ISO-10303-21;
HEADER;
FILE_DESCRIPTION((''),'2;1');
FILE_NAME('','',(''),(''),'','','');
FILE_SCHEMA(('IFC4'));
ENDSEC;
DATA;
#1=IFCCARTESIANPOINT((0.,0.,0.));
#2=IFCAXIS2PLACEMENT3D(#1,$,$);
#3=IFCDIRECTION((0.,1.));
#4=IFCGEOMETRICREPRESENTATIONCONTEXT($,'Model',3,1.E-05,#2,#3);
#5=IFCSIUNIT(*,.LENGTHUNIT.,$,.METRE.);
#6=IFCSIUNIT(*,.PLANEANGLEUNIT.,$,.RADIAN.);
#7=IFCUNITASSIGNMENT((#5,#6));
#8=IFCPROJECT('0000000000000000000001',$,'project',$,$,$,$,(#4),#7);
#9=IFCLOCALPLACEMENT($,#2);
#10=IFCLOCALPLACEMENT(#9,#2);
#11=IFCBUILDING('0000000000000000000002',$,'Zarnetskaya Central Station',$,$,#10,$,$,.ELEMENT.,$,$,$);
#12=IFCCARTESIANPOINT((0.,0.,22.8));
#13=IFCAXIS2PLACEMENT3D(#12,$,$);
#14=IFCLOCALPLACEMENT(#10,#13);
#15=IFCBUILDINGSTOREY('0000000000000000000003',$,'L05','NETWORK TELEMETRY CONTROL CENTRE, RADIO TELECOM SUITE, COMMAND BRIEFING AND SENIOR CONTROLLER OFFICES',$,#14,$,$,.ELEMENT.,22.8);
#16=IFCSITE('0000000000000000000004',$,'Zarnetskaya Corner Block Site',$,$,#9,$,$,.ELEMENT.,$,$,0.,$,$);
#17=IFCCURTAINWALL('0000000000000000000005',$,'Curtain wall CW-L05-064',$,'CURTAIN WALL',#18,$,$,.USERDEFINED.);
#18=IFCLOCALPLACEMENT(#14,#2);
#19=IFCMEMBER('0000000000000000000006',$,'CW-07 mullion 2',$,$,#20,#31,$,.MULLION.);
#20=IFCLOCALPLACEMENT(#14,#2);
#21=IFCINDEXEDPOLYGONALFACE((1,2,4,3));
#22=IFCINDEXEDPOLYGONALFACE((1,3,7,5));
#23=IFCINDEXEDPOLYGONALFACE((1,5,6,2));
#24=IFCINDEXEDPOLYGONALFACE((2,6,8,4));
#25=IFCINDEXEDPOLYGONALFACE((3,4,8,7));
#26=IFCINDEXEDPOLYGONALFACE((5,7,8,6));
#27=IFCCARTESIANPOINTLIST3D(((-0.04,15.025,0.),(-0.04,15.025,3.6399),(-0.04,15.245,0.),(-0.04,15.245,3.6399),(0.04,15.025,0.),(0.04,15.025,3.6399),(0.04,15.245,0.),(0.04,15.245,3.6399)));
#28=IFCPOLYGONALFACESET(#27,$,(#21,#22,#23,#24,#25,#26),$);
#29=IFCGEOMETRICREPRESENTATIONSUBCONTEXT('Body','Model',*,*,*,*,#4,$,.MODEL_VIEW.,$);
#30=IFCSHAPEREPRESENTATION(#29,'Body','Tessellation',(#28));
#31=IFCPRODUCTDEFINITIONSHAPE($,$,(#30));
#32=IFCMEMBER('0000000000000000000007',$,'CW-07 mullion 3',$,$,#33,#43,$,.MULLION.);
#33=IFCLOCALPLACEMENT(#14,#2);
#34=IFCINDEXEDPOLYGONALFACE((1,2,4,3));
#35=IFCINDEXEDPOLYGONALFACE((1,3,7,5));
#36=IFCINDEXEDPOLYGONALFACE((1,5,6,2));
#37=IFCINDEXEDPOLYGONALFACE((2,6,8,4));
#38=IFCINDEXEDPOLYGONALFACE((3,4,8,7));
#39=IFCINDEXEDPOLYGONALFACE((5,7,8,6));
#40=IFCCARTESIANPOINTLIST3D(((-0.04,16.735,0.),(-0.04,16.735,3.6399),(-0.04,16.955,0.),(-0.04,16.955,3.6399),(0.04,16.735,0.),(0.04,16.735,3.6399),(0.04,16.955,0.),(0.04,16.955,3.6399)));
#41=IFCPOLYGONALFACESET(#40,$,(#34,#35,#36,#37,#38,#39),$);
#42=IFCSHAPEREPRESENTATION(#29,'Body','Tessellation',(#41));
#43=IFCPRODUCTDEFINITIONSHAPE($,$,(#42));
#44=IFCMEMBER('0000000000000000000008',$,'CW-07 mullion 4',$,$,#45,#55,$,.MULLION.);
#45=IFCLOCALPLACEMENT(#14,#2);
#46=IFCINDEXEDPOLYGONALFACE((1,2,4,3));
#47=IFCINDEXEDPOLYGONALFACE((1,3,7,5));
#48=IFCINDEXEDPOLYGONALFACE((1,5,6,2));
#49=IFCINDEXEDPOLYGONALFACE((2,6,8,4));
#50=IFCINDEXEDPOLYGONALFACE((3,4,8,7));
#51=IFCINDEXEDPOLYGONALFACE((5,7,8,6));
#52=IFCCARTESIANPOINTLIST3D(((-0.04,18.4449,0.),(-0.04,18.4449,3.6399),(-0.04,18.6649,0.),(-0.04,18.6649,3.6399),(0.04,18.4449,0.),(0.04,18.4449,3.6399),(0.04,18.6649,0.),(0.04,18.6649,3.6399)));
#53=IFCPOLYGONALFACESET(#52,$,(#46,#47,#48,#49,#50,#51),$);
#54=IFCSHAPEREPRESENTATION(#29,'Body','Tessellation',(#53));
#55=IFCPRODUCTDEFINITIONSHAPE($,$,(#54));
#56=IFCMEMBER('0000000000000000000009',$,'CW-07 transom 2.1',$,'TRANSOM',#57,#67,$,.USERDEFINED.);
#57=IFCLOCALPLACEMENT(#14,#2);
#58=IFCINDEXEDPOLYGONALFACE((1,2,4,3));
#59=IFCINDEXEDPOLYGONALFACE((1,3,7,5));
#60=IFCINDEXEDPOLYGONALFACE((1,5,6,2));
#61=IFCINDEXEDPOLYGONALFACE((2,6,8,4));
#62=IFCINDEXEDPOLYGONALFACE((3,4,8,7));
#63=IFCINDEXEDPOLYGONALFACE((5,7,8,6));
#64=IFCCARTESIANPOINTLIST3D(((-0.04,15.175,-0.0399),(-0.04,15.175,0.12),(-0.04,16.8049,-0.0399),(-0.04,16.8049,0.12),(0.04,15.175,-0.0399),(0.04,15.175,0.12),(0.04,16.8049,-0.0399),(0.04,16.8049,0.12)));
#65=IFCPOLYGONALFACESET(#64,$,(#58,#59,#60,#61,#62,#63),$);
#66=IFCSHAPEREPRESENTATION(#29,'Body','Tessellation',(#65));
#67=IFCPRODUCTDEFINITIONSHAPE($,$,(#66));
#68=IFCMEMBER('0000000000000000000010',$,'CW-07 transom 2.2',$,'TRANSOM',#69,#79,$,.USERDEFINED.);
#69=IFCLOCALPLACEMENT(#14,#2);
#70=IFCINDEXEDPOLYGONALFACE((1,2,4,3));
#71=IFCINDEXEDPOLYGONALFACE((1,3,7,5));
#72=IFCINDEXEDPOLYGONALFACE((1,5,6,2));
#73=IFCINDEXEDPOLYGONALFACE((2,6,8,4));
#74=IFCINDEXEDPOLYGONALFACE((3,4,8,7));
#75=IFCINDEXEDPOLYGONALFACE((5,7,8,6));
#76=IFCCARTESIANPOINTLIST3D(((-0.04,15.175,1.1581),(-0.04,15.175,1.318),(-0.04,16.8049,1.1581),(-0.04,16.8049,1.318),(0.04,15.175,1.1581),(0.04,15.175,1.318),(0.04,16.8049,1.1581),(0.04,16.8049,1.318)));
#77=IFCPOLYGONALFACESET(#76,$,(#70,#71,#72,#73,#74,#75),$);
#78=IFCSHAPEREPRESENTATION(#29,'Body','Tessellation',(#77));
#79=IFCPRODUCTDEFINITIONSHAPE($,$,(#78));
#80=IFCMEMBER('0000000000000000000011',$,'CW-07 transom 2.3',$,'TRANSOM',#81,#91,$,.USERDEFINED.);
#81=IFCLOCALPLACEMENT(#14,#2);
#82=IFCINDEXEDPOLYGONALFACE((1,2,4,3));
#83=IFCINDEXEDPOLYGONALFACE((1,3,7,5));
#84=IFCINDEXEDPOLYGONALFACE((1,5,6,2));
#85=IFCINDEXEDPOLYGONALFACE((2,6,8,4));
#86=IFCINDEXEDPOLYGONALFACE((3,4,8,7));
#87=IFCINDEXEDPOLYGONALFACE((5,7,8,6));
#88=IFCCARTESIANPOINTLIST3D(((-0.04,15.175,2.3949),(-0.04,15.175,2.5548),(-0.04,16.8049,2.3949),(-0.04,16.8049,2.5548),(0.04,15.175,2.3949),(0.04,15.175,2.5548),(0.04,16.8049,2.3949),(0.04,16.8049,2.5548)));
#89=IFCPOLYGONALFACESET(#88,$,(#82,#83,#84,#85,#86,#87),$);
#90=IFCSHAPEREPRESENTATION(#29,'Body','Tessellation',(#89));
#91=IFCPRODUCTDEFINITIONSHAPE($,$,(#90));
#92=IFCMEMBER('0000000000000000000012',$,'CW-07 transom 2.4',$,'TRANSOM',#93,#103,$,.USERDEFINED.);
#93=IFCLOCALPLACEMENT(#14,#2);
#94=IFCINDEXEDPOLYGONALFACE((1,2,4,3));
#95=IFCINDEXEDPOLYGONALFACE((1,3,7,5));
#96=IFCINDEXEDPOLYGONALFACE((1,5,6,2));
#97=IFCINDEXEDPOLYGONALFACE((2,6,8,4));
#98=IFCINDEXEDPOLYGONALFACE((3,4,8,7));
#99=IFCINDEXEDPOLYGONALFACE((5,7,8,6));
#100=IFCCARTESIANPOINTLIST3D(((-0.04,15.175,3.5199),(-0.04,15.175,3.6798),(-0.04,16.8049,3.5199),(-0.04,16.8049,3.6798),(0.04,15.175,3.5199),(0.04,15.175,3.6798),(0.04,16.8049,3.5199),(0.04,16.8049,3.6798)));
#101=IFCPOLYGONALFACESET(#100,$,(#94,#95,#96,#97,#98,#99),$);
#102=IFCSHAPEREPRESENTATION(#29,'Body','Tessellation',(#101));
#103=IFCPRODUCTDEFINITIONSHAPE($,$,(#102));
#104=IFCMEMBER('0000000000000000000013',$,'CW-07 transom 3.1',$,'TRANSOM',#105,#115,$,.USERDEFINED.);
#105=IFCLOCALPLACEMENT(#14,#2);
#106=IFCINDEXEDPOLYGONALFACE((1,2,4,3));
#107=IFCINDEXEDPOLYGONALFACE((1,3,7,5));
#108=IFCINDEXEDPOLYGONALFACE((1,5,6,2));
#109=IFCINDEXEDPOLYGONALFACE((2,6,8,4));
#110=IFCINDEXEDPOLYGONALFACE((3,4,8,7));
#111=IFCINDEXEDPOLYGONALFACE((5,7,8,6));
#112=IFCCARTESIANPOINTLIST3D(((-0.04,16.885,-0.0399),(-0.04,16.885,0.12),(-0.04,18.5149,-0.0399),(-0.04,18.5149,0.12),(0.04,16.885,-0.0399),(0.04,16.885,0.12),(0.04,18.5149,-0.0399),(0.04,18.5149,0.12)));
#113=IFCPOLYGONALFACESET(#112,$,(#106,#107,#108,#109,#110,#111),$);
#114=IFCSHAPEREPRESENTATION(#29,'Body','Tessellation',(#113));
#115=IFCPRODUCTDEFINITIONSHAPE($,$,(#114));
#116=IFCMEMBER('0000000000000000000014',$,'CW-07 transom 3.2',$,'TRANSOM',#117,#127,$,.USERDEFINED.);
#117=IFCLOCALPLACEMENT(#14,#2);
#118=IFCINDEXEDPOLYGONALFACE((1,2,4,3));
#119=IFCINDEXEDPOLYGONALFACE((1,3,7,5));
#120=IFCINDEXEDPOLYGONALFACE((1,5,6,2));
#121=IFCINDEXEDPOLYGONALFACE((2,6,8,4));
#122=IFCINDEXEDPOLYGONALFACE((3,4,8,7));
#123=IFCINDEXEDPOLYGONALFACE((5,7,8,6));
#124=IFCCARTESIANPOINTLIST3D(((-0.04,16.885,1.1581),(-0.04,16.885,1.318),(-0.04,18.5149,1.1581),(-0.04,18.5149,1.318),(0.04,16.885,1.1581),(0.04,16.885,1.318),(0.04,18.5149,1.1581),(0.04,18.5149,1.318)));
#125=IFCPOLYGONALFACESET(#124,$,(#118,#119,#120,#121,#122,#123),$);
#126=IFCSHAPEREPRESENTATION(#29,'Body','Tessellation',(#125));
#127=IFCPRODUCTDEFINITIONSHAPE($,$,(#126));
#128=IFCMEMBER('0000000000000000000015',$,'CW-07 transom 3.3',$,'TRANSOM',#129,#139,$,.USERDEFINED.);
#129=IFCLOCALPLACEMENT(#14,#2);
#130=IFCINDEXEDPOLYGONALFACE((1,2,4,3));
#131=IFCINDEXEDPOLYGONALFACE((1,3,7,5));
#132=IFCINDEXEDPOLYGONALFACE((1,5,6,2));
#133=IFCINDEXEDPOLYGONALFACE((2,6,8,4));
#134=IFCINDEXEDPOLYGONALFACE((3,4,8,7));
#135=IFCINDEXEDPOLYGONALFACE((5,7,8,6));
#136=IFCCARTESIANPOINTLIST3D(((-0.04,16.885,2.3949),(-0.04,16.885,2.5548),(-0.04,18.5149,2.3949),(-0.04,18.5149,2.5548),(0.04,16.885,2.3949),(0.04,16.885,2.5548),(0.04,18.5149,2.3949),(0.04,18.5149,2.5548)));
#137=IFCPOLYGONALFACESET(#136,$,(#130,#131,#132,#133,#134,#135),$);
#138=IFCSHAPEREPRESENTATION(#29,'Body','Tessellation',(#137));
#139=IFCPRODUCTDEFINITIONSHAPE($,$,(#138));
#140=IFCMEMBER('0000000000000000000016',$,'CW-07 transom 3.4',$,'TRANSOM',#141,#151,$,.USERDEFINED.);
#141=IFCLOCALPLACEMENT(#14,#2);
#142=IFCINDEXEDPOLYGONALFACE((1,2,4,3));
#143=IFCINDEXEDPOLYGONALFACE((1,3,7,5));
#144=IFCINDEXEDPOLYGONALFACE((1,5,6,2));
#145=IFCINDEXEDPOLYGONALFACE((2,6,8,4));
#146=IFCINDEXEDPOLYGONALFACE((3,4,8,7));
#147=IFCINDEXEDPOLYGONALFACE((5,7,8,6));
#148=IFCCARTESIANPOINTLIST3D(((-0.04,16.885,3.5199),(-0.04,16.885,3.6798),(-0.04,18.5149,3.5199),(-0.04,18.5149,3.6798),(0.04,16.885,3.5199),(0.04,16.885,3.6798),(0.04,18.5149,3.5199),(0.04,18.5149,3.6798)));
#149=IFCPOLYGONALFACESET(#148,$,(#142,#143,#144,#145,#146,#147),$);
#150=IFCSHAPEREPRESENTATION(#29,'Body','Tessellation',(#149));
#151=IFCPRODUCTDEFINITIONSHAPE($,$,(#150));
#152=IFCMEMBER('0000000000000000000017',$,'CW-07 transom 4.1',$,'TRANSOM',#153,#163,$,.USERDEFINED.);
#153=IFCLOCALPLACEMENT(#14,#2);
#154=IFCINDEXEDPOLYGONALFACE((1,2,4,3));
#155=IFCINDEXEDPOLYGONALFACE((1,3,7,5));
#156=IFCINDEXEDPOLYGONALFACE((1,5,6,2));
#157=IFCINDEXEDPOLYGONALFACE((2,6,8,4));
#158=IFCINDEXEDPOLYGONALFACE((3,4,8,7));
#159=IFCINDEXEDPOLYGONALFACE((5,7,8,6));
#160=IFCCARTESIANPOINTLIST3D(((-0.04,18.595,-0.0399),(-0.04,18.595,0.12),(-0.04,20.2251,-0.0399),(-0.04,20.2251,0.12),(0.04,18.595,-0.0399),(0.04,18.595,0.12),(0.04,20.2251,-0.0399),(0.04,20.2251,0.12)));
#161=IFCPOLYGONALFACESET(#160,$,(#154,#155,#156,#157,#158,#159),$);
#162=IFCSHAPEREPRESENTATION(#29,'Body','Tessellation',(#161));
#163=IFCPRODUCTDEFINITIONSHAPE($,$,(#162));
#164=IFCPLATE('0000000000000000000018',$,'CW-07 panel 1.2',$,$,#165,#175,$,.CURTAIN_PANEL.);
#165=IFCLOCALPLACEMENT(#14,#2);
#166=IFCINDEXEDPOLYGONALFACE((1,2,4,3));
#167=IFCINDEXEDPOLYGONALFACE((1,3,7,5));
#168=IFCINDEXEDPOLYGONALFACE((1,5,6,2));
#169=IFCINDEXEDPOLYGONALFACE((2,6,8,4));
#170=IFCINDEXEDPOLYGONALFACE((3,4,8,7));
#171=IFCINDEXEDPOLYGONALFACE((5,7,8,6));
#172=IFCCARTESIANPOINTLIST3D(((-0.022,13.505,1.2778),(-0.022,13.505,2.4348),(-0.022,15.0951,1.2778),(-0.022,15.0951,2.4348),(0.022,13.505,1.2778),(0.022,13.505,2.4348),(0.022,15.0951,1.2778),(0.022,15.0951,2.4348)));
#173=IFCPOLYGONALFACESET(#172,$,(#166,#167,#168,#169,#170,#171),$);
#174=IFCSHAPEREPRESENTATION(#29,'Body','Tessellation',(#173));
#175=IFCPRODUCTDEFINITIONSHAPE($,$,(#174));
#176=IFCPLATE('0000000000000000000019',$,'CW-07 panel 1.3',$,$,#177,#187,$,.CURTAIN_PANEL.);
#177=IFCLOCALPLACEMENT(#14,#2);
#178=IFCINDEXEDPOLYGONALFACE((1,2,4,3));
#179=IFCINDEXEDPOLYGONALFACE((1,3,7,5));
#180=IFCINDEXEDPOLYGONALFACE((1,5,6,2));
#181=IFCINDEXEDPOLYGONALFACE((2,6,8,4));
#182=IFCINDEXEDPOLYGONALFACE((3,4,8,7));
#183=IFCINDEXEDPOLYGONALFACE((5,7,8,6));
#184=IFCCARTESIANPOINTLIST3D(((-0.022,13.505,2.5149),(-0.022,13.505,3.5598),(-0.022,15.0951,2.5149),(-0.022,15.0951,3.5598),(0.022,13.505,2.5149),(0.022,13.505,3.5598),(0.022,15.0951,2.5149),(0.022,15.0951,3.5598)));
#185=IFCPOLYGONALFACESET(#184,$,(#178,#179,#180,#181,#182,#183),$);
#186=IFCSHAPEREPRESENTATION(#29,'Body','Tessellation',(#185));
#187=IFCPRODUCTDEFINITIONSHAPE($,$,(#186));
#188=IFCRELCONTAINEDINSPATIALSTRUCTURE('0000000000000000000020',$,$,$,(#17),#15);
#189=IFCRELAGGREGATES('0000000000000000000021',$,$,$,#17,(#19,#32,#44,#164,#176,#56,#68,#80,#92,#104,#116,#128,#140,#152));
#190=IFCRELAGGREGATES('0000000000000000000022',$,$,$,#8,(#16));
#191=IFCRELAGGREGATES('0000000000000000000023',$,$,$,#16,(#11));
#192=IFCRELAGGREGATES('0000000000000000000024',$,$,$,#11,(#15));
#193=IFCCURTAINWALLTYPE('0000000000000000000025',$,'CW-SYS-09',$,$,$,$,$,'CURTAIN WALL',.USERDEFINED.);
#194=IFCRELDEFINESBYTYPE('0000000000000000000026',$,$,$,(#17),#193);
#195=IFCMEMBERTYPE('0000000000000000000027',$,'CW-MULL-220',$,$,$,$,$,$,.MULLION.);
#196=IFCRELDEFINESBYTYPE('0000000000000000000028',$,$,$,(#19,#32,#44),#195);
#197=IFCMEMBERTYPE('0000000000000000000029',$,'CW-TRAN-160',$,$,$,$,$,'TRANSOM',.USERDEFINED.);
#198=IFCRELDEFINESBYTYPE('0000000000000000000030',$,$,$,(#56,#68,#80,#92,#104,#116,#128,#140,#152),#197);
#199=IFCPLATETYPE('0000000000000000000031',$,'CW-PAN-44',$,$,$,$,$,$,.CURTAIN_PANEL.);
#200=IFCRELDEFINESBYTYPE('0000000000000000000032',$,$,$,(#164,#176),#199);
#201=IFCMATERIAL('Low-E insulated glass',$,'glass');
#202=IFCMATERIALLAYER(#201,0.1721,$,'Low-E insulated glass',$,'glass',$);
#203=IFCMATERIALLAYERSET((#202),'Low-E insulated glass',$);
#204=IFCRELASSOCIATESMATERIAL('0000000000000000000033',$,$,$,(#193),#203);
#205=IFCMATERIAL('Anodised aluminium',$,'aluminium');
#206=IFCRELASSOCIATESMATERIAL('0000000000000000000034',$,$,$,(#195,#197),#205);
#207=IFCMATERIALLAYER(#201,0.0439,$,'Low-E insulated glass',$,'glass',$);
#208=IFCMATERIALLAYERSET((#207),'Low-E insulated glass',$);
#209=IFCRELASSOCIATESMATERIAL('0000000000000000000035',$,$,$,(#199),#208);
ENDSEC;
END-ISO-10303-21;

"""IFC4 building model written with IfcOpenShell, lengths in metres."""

from ifc_helpers import new_model, si_unit, direction, frame, origin, origin_2d, place, context, subcontext, project, spatial, rectangle, extrude, material, layer, layer_set, material_profile, profile_set, type_object, element, aggregate, save


model = new_model("IFC4")

# Units and contexts
model_context = context("Model", 3, precision=1e-05, world=origin(), true_north=direction((0.0, 1.0)))
body_context = subcontext(model_context, "Body", "Model", "MODEL_VIEW")
ifc_project = project(units=[si_unit("LENGTHUNIT", "METRE"), si_unit("PLANEANGLEUNIT", "RADIAN")], contexts=[model_context])

# Site, building, storey
site_placement = place(None, origin())
site = spatial("IfcSite", under=ifc_project, at=site_placement, Name="Zarnetskaya Corner Block Site", CompositionType="ELEMENT", RefElevation=0.0)
building_placement = place(site_placement, origin())
building = spatial("IfcBuilding", under=site, at=building_placement, Name="Zarnetskaya Central Station", CompositionType="ELEMENT")
storey_placement = place(building_placement, frame((0.0, 0.0, 22.8)))
storey = spatial("IfcBuildingStorey", under=building, at=storey_placement, Name="L05", Description="NETWORK TELEMETRY CONTROL CENTRE, RADIO TELECOM SUITE, COMMAND BRIEFING AND SENIOR CONTROLLER OFFICES", CompositionType="ELEMENT", Elevation=22.8)

# Curtain wall, members, plates
ifc_material_1 = material(Name="Low-E insulated glass", Category="glass")
ifc_layer_1 = layer(ifc_material_1, 0.1721, Name="Low-E insulated glass", Category="glass")
ifc_layer_set_1 = layer_set([ifc_layer_1], Name="Low-E insulated glass")
curtain_wall_type = type_object("IfcCurtainWallType", Name="CW-SYS-09", ElementType="CURTAIN WALL", PredefinedType="USERDEFINED", material=ifc_layer_set_1)
curtain_wall_placement = place(storey_placement, origin())
curtain_wall = element("IfcCurtainWall", 1, at=curtain_wall_placement, inside=storey, type_object=curtain_wall_type, Name="Curtain wall CW-L05-064", ObjectType="CURTAIN WALL", PredefinedType="USERDEFINED")
ifc_material_2 = material(Name="Anodised aluminium", Category="aluminium")
ifc_material_profile_1 = material_profile(ifc_material_2, rectangle(XDim=0.0801, YDim=0.22, at=origin_2d()), Name="ALU MULL 80x220")
ifc_profile_set_1 = profile_set([ifc_material_profile_1], Name="Anodised aluminium")
member_type_1 = type_object("IfcMemberType", Name="CW-MULL-220", PredefinedType="MULLION", material=ifc_profile_set_1)
member_1_placement = place(storey_placement, frame((0.0, 15.135, 0.0), z_axis=(0.0, 0.0, 1.0), x_axis=(-1.0, 0.0, 0.0)))
member_1 = element("IfcMember", 2, at=member_1_placement, type_object=member_type_1, Name="CW-07 mullion 2", PredefinedType="MULLION", context=body_context, shape_type="SweptSolid", body=[
    extrude(rectangle(XDim=0.0801, YDim=0.22, at=origin_2d()), origin(), (0.0, 0.0, 1.0), 3.6399),
])
member_2_placement = place(storey_placement, frame((0.0, 16.845, 0.0), z_axis=(0.0, 0.0, 1.0), x_axis=(-1.0, 0.0, 0.0)))
member_2 = element("IfcMember", 3, at=member_2_placement, type_object=member_type_1, Name="CW-07 mullion 3", PredefinedType="MULLION", context=body_context, shape_type="SweptSolid", body=[
    extrude(rectangle(XDim=0.0801, YDim=0.22, at=origin_2d()), origin(), (0.0, 0.0, 1.0), 3.6399),
])
member_3_placement = place(storey_placement, frame((0.0, 18.5549, 0.0), z_axis=(0.0, 0.0, 1.0), x_axis=(-1.0, 0.0, 0.0)))
member_3 = element("IfcMember", 4, at=member_3_placement, type_object=member_type_1, Name="CW-07 mullion 4", PredefinedType="MULLION", context=body_context, shape_type="SweptSolid", body=[
    extrude(rectangle(XDim=0.0801, YDim=0.22, at=origin_2d()), origin(), (0.0, 0.0, 1.0), 3.6399),
])
ifc_material_profile_2 = material_profile(ifc_material_2, rectangle(XDim=0.0801, YDim=0.1599, at=origin_2d()), Name="ALU TRAN 80x160")
ifc_profile_set_2 = profile_set([ifc_material_profile_2], Name="Anodised aluminium")
member_type_2 = type_object("IfcMemberType", Name="CW-TRAN-160", ElementType="TRANSOM", PredefinedType="USERDEFINED", material=ifc_profile_set_2)
member_4_placement = place(storey_placement, frame((0.0, 15.175, 0.04), z_axis=(0.0, 1.0, 0.0), x_axis=(-1.0, 0.0, 0.0)))
member_4 = element("IfcMember", 5, at=member_4_placement, type_object=member_type_2, Name="CW-07 transom 2.1", ObjectType="TRANSOM", PredefinedType="USERDEFINED", context=body_context, shape_type="SweptSolid", body=[
    extrude(rectangle(XDim=0.0801, YDim=0.1599, at=origin_2d()), origin(), (0.0, 0.0, 1.0), 1.6299),
])
member_5_placement = place(storey_placement, frame((0.0, 15.175, 1.238), z_axis=(0.0, 1.0, 0.0), x_axis=(-1.0, 0.0, 0.0)))
member_5 = element("IfcMember", 6, at=member_5_placement, type_object=member_type_2, Name="CW-07 transom 2.2", ObjectType="TRANSOM", PredefinedType="USERDEFINED", context=body_context, shape_type="SweptSolid", body=[
    extrude(rectangle(XDim=0.0801, YDim=0.1599, at=origin_2d()), origin(), (0.0, 0.0, 1.0), 1.6299),
])
member_6_placement = place(storey_placement, frame((0.0, 15.175, 2.4749), z_axis=(0.0, 1.0, 0.0), x_axis=(-1.0, 0.0, 0.0)))
member_6 = element("IfcMember", 7, at=member_6_placement, type_object=member_type_2, Name="CW-07 transom 2.3", ObjectType="TRANSOM", PredefinedType="USERDEFINED", context=body_context, shape_type="SweptSolid", body=[
    extrude(rectangle(XDim=0.0801, YDim=0.1599, at=origin_2d()), origin(), (0.0, 0.0, 1.0), 1.6299),
])
member_7_placement = place(storey_placement, frame((0.0, 15.175, 3.5999), z_axis=(0.0, 1.0, 0.0), x_axis=(-1.0, 0.0, 0.0)))
member_7 = element("IfcMember", 8, at=member_7_placement, type_object=member_type_2, Name="CW-07 transom 2.4", ObjectType="TRANSOM", PredefinedType="USERDEFINED", context=body_context, shape_type="SweptSolid", body=[
    extrude(rectangle(XDim=0.0801, YDim=0.1599, at=origin_2d()), origin(), (0.0, 0.0, 1.0), 1.6299),
])
member_8_placement = place(storey_placement, frame((0.0, 16.885, 0.04), z_axis=(0.0, 1.0, 0.0), x_axis=(-1.0, 0.0, 0.0)))
member_8 = element("IfcMember", 9, at=member_8_placement, type_object=member_type_2, Name="CW-07 transom 3.1", ObjectType="TRANSOM", PredefinedType="USERDEFINED", context=body_context, shape_type="SweptSolid", body=[
    extrude(rectangle(XDim=0.0801, YDim=0.1599, at=origin_2d()), origin(), (0.0, 0.0, 1.0), 1.6299),
])
member_9_placement = place(storey_placement, frame((0.0, 16.885, 1.238), z_axis=(0.0, 1.0, 0.0), x_axis=(-1.0, 0.0, 0.0)))
member_9 = element("IfcMember", 10, at=member_9_placement, type_object=member_type_2, Name="CW-07 transom 3.2", ObjectType="TRANSOM", PredefinedType="USERDEFINED", context=body_context, shape_type="SweptSolid", body=[
    extrude(rectangle(XDim=0.0801, YDim=0.1599, at=origin_2d()), origin(), (0.0, 0.0, 1.0), 1.6299),
])
member_10_placement = place(storey_placement, frame((0.0, 16.885, 2.4749), z_axis=(0.0, 1.0, 0.0), x_axis=(-1.0, 0.0, 0.0)))
member_10 = element("IfcMember", 11, at=member_10_placement, type_object=member_type_2, Name="CW-07 transom 3.3", ObjectType="TRANSOM", PredefinedType="USERDEFINED", context=body_context, shape_type="SweptSolid", body=[
    extrude(rectangle(XDim=0.0801, YDim=0.1599, at=origin_2d()), origin(), (0.0, 0.0, 1.0), 1.6299),
])
member_11_placement = place(storey_placement, frame((0.0, 16.885, 3.5999), z_axis=(0.0, 1.0, 0.0), x_axis=(-1.0, 0.0, 0.0)))
member_11 = element("IfcMember", 12, at=member_11_placement, type_object=member_type_2, Name="CW-07 transom 3.4", ObjectType="TRANSOM", PredefinedType="USERDEFINED", context=body_context, shape_type="SweptSolid", body=[
    extrude(rectangle(XDim=0.0801, YDim=0.1599, at=origin_2d()), origin(), (0.0, 0.0, 1.0), 1.6299),
])
member_12_placement = place(storey_placement, frame((0.0, 18.595, 0.04), z_axis=(0.0, 1.0, 0.0), x_axis=(-1.0, 0.0, 0.0)))
member_12 = element("IfcMember", 13, at=member_12_placement, type_object=member_type_2, Name="CW-07 transom 4.1", ObjectType="TRANSOM", PredefinedType="USERDEFINED", context=body_context, shape_type="SweptSolid", body=[
    extrude(rectangle(XDim=0.0801, YDim=0.1599, at=origin_2d()), origin(), (0.0, 0.0, 1.0), 1.6301),
])
ifc_layer_2 = layer(ifc_material_1, 0.0439, Name="Low-E insulated glass", Category="glass")
ifc_layer_set_2 = layer_set([ifc_layer_2], Name="Low-E insulated glass")
plate_type = type_object("IfcPlateType", Name="CW-PAN-44", PredefinedType="CURTAIN_PANEL", material=ifc_layer_set_2)
plate_1_placement = place(storey_placement, frame((0.0, 14.3, 1.2778), z_axis=(0.0, 0.0, 1.0), x_axis=(0.0, 1.0, 0.0)))
plate_1 = element("IfcPlate", 14, at=plate_1_placement, type_object=plate_type, Name="CW-07 panel 1.2", PredefinedType="CURTAIN_PANEL", context=body_context, shape_type="SweptSolid", body=[
    extrude(rectangle(XDim=1.5901, YDim=0.0439, at=origin_2d()), origin(), (0.0, 0.0, 1.0), 1.157),
])
plate_2_placement = place(storey_placement, frame((0.0, 14.3, 2.5149), z_axis=(0.0, 0.0, 1.0), x_axis=(0.0, 1.0, 0.0)))
plate_2 = element("IfcPlate", 15, at=plate_2_placement, type_object=plate_type, Name="CW-07 panel 1.3", PredefinedType="CURTAIN_PANEL", context=body_context, shape_type="SweptSolid", body=[
    extrude(rectangle(XDim=1.5901, YDim=0.0439, at=origin_2d()), origin(), (0.0, 0.0, 1.0), 1.0449),
])
aggregate(curtain_wall, [member_1, member_2, member_3, plate_1, plate_2, member_4, member_5, member_6, member_7, member_8, member_9, member_10, member_11, member_12])

save(model, "model.ifc")
